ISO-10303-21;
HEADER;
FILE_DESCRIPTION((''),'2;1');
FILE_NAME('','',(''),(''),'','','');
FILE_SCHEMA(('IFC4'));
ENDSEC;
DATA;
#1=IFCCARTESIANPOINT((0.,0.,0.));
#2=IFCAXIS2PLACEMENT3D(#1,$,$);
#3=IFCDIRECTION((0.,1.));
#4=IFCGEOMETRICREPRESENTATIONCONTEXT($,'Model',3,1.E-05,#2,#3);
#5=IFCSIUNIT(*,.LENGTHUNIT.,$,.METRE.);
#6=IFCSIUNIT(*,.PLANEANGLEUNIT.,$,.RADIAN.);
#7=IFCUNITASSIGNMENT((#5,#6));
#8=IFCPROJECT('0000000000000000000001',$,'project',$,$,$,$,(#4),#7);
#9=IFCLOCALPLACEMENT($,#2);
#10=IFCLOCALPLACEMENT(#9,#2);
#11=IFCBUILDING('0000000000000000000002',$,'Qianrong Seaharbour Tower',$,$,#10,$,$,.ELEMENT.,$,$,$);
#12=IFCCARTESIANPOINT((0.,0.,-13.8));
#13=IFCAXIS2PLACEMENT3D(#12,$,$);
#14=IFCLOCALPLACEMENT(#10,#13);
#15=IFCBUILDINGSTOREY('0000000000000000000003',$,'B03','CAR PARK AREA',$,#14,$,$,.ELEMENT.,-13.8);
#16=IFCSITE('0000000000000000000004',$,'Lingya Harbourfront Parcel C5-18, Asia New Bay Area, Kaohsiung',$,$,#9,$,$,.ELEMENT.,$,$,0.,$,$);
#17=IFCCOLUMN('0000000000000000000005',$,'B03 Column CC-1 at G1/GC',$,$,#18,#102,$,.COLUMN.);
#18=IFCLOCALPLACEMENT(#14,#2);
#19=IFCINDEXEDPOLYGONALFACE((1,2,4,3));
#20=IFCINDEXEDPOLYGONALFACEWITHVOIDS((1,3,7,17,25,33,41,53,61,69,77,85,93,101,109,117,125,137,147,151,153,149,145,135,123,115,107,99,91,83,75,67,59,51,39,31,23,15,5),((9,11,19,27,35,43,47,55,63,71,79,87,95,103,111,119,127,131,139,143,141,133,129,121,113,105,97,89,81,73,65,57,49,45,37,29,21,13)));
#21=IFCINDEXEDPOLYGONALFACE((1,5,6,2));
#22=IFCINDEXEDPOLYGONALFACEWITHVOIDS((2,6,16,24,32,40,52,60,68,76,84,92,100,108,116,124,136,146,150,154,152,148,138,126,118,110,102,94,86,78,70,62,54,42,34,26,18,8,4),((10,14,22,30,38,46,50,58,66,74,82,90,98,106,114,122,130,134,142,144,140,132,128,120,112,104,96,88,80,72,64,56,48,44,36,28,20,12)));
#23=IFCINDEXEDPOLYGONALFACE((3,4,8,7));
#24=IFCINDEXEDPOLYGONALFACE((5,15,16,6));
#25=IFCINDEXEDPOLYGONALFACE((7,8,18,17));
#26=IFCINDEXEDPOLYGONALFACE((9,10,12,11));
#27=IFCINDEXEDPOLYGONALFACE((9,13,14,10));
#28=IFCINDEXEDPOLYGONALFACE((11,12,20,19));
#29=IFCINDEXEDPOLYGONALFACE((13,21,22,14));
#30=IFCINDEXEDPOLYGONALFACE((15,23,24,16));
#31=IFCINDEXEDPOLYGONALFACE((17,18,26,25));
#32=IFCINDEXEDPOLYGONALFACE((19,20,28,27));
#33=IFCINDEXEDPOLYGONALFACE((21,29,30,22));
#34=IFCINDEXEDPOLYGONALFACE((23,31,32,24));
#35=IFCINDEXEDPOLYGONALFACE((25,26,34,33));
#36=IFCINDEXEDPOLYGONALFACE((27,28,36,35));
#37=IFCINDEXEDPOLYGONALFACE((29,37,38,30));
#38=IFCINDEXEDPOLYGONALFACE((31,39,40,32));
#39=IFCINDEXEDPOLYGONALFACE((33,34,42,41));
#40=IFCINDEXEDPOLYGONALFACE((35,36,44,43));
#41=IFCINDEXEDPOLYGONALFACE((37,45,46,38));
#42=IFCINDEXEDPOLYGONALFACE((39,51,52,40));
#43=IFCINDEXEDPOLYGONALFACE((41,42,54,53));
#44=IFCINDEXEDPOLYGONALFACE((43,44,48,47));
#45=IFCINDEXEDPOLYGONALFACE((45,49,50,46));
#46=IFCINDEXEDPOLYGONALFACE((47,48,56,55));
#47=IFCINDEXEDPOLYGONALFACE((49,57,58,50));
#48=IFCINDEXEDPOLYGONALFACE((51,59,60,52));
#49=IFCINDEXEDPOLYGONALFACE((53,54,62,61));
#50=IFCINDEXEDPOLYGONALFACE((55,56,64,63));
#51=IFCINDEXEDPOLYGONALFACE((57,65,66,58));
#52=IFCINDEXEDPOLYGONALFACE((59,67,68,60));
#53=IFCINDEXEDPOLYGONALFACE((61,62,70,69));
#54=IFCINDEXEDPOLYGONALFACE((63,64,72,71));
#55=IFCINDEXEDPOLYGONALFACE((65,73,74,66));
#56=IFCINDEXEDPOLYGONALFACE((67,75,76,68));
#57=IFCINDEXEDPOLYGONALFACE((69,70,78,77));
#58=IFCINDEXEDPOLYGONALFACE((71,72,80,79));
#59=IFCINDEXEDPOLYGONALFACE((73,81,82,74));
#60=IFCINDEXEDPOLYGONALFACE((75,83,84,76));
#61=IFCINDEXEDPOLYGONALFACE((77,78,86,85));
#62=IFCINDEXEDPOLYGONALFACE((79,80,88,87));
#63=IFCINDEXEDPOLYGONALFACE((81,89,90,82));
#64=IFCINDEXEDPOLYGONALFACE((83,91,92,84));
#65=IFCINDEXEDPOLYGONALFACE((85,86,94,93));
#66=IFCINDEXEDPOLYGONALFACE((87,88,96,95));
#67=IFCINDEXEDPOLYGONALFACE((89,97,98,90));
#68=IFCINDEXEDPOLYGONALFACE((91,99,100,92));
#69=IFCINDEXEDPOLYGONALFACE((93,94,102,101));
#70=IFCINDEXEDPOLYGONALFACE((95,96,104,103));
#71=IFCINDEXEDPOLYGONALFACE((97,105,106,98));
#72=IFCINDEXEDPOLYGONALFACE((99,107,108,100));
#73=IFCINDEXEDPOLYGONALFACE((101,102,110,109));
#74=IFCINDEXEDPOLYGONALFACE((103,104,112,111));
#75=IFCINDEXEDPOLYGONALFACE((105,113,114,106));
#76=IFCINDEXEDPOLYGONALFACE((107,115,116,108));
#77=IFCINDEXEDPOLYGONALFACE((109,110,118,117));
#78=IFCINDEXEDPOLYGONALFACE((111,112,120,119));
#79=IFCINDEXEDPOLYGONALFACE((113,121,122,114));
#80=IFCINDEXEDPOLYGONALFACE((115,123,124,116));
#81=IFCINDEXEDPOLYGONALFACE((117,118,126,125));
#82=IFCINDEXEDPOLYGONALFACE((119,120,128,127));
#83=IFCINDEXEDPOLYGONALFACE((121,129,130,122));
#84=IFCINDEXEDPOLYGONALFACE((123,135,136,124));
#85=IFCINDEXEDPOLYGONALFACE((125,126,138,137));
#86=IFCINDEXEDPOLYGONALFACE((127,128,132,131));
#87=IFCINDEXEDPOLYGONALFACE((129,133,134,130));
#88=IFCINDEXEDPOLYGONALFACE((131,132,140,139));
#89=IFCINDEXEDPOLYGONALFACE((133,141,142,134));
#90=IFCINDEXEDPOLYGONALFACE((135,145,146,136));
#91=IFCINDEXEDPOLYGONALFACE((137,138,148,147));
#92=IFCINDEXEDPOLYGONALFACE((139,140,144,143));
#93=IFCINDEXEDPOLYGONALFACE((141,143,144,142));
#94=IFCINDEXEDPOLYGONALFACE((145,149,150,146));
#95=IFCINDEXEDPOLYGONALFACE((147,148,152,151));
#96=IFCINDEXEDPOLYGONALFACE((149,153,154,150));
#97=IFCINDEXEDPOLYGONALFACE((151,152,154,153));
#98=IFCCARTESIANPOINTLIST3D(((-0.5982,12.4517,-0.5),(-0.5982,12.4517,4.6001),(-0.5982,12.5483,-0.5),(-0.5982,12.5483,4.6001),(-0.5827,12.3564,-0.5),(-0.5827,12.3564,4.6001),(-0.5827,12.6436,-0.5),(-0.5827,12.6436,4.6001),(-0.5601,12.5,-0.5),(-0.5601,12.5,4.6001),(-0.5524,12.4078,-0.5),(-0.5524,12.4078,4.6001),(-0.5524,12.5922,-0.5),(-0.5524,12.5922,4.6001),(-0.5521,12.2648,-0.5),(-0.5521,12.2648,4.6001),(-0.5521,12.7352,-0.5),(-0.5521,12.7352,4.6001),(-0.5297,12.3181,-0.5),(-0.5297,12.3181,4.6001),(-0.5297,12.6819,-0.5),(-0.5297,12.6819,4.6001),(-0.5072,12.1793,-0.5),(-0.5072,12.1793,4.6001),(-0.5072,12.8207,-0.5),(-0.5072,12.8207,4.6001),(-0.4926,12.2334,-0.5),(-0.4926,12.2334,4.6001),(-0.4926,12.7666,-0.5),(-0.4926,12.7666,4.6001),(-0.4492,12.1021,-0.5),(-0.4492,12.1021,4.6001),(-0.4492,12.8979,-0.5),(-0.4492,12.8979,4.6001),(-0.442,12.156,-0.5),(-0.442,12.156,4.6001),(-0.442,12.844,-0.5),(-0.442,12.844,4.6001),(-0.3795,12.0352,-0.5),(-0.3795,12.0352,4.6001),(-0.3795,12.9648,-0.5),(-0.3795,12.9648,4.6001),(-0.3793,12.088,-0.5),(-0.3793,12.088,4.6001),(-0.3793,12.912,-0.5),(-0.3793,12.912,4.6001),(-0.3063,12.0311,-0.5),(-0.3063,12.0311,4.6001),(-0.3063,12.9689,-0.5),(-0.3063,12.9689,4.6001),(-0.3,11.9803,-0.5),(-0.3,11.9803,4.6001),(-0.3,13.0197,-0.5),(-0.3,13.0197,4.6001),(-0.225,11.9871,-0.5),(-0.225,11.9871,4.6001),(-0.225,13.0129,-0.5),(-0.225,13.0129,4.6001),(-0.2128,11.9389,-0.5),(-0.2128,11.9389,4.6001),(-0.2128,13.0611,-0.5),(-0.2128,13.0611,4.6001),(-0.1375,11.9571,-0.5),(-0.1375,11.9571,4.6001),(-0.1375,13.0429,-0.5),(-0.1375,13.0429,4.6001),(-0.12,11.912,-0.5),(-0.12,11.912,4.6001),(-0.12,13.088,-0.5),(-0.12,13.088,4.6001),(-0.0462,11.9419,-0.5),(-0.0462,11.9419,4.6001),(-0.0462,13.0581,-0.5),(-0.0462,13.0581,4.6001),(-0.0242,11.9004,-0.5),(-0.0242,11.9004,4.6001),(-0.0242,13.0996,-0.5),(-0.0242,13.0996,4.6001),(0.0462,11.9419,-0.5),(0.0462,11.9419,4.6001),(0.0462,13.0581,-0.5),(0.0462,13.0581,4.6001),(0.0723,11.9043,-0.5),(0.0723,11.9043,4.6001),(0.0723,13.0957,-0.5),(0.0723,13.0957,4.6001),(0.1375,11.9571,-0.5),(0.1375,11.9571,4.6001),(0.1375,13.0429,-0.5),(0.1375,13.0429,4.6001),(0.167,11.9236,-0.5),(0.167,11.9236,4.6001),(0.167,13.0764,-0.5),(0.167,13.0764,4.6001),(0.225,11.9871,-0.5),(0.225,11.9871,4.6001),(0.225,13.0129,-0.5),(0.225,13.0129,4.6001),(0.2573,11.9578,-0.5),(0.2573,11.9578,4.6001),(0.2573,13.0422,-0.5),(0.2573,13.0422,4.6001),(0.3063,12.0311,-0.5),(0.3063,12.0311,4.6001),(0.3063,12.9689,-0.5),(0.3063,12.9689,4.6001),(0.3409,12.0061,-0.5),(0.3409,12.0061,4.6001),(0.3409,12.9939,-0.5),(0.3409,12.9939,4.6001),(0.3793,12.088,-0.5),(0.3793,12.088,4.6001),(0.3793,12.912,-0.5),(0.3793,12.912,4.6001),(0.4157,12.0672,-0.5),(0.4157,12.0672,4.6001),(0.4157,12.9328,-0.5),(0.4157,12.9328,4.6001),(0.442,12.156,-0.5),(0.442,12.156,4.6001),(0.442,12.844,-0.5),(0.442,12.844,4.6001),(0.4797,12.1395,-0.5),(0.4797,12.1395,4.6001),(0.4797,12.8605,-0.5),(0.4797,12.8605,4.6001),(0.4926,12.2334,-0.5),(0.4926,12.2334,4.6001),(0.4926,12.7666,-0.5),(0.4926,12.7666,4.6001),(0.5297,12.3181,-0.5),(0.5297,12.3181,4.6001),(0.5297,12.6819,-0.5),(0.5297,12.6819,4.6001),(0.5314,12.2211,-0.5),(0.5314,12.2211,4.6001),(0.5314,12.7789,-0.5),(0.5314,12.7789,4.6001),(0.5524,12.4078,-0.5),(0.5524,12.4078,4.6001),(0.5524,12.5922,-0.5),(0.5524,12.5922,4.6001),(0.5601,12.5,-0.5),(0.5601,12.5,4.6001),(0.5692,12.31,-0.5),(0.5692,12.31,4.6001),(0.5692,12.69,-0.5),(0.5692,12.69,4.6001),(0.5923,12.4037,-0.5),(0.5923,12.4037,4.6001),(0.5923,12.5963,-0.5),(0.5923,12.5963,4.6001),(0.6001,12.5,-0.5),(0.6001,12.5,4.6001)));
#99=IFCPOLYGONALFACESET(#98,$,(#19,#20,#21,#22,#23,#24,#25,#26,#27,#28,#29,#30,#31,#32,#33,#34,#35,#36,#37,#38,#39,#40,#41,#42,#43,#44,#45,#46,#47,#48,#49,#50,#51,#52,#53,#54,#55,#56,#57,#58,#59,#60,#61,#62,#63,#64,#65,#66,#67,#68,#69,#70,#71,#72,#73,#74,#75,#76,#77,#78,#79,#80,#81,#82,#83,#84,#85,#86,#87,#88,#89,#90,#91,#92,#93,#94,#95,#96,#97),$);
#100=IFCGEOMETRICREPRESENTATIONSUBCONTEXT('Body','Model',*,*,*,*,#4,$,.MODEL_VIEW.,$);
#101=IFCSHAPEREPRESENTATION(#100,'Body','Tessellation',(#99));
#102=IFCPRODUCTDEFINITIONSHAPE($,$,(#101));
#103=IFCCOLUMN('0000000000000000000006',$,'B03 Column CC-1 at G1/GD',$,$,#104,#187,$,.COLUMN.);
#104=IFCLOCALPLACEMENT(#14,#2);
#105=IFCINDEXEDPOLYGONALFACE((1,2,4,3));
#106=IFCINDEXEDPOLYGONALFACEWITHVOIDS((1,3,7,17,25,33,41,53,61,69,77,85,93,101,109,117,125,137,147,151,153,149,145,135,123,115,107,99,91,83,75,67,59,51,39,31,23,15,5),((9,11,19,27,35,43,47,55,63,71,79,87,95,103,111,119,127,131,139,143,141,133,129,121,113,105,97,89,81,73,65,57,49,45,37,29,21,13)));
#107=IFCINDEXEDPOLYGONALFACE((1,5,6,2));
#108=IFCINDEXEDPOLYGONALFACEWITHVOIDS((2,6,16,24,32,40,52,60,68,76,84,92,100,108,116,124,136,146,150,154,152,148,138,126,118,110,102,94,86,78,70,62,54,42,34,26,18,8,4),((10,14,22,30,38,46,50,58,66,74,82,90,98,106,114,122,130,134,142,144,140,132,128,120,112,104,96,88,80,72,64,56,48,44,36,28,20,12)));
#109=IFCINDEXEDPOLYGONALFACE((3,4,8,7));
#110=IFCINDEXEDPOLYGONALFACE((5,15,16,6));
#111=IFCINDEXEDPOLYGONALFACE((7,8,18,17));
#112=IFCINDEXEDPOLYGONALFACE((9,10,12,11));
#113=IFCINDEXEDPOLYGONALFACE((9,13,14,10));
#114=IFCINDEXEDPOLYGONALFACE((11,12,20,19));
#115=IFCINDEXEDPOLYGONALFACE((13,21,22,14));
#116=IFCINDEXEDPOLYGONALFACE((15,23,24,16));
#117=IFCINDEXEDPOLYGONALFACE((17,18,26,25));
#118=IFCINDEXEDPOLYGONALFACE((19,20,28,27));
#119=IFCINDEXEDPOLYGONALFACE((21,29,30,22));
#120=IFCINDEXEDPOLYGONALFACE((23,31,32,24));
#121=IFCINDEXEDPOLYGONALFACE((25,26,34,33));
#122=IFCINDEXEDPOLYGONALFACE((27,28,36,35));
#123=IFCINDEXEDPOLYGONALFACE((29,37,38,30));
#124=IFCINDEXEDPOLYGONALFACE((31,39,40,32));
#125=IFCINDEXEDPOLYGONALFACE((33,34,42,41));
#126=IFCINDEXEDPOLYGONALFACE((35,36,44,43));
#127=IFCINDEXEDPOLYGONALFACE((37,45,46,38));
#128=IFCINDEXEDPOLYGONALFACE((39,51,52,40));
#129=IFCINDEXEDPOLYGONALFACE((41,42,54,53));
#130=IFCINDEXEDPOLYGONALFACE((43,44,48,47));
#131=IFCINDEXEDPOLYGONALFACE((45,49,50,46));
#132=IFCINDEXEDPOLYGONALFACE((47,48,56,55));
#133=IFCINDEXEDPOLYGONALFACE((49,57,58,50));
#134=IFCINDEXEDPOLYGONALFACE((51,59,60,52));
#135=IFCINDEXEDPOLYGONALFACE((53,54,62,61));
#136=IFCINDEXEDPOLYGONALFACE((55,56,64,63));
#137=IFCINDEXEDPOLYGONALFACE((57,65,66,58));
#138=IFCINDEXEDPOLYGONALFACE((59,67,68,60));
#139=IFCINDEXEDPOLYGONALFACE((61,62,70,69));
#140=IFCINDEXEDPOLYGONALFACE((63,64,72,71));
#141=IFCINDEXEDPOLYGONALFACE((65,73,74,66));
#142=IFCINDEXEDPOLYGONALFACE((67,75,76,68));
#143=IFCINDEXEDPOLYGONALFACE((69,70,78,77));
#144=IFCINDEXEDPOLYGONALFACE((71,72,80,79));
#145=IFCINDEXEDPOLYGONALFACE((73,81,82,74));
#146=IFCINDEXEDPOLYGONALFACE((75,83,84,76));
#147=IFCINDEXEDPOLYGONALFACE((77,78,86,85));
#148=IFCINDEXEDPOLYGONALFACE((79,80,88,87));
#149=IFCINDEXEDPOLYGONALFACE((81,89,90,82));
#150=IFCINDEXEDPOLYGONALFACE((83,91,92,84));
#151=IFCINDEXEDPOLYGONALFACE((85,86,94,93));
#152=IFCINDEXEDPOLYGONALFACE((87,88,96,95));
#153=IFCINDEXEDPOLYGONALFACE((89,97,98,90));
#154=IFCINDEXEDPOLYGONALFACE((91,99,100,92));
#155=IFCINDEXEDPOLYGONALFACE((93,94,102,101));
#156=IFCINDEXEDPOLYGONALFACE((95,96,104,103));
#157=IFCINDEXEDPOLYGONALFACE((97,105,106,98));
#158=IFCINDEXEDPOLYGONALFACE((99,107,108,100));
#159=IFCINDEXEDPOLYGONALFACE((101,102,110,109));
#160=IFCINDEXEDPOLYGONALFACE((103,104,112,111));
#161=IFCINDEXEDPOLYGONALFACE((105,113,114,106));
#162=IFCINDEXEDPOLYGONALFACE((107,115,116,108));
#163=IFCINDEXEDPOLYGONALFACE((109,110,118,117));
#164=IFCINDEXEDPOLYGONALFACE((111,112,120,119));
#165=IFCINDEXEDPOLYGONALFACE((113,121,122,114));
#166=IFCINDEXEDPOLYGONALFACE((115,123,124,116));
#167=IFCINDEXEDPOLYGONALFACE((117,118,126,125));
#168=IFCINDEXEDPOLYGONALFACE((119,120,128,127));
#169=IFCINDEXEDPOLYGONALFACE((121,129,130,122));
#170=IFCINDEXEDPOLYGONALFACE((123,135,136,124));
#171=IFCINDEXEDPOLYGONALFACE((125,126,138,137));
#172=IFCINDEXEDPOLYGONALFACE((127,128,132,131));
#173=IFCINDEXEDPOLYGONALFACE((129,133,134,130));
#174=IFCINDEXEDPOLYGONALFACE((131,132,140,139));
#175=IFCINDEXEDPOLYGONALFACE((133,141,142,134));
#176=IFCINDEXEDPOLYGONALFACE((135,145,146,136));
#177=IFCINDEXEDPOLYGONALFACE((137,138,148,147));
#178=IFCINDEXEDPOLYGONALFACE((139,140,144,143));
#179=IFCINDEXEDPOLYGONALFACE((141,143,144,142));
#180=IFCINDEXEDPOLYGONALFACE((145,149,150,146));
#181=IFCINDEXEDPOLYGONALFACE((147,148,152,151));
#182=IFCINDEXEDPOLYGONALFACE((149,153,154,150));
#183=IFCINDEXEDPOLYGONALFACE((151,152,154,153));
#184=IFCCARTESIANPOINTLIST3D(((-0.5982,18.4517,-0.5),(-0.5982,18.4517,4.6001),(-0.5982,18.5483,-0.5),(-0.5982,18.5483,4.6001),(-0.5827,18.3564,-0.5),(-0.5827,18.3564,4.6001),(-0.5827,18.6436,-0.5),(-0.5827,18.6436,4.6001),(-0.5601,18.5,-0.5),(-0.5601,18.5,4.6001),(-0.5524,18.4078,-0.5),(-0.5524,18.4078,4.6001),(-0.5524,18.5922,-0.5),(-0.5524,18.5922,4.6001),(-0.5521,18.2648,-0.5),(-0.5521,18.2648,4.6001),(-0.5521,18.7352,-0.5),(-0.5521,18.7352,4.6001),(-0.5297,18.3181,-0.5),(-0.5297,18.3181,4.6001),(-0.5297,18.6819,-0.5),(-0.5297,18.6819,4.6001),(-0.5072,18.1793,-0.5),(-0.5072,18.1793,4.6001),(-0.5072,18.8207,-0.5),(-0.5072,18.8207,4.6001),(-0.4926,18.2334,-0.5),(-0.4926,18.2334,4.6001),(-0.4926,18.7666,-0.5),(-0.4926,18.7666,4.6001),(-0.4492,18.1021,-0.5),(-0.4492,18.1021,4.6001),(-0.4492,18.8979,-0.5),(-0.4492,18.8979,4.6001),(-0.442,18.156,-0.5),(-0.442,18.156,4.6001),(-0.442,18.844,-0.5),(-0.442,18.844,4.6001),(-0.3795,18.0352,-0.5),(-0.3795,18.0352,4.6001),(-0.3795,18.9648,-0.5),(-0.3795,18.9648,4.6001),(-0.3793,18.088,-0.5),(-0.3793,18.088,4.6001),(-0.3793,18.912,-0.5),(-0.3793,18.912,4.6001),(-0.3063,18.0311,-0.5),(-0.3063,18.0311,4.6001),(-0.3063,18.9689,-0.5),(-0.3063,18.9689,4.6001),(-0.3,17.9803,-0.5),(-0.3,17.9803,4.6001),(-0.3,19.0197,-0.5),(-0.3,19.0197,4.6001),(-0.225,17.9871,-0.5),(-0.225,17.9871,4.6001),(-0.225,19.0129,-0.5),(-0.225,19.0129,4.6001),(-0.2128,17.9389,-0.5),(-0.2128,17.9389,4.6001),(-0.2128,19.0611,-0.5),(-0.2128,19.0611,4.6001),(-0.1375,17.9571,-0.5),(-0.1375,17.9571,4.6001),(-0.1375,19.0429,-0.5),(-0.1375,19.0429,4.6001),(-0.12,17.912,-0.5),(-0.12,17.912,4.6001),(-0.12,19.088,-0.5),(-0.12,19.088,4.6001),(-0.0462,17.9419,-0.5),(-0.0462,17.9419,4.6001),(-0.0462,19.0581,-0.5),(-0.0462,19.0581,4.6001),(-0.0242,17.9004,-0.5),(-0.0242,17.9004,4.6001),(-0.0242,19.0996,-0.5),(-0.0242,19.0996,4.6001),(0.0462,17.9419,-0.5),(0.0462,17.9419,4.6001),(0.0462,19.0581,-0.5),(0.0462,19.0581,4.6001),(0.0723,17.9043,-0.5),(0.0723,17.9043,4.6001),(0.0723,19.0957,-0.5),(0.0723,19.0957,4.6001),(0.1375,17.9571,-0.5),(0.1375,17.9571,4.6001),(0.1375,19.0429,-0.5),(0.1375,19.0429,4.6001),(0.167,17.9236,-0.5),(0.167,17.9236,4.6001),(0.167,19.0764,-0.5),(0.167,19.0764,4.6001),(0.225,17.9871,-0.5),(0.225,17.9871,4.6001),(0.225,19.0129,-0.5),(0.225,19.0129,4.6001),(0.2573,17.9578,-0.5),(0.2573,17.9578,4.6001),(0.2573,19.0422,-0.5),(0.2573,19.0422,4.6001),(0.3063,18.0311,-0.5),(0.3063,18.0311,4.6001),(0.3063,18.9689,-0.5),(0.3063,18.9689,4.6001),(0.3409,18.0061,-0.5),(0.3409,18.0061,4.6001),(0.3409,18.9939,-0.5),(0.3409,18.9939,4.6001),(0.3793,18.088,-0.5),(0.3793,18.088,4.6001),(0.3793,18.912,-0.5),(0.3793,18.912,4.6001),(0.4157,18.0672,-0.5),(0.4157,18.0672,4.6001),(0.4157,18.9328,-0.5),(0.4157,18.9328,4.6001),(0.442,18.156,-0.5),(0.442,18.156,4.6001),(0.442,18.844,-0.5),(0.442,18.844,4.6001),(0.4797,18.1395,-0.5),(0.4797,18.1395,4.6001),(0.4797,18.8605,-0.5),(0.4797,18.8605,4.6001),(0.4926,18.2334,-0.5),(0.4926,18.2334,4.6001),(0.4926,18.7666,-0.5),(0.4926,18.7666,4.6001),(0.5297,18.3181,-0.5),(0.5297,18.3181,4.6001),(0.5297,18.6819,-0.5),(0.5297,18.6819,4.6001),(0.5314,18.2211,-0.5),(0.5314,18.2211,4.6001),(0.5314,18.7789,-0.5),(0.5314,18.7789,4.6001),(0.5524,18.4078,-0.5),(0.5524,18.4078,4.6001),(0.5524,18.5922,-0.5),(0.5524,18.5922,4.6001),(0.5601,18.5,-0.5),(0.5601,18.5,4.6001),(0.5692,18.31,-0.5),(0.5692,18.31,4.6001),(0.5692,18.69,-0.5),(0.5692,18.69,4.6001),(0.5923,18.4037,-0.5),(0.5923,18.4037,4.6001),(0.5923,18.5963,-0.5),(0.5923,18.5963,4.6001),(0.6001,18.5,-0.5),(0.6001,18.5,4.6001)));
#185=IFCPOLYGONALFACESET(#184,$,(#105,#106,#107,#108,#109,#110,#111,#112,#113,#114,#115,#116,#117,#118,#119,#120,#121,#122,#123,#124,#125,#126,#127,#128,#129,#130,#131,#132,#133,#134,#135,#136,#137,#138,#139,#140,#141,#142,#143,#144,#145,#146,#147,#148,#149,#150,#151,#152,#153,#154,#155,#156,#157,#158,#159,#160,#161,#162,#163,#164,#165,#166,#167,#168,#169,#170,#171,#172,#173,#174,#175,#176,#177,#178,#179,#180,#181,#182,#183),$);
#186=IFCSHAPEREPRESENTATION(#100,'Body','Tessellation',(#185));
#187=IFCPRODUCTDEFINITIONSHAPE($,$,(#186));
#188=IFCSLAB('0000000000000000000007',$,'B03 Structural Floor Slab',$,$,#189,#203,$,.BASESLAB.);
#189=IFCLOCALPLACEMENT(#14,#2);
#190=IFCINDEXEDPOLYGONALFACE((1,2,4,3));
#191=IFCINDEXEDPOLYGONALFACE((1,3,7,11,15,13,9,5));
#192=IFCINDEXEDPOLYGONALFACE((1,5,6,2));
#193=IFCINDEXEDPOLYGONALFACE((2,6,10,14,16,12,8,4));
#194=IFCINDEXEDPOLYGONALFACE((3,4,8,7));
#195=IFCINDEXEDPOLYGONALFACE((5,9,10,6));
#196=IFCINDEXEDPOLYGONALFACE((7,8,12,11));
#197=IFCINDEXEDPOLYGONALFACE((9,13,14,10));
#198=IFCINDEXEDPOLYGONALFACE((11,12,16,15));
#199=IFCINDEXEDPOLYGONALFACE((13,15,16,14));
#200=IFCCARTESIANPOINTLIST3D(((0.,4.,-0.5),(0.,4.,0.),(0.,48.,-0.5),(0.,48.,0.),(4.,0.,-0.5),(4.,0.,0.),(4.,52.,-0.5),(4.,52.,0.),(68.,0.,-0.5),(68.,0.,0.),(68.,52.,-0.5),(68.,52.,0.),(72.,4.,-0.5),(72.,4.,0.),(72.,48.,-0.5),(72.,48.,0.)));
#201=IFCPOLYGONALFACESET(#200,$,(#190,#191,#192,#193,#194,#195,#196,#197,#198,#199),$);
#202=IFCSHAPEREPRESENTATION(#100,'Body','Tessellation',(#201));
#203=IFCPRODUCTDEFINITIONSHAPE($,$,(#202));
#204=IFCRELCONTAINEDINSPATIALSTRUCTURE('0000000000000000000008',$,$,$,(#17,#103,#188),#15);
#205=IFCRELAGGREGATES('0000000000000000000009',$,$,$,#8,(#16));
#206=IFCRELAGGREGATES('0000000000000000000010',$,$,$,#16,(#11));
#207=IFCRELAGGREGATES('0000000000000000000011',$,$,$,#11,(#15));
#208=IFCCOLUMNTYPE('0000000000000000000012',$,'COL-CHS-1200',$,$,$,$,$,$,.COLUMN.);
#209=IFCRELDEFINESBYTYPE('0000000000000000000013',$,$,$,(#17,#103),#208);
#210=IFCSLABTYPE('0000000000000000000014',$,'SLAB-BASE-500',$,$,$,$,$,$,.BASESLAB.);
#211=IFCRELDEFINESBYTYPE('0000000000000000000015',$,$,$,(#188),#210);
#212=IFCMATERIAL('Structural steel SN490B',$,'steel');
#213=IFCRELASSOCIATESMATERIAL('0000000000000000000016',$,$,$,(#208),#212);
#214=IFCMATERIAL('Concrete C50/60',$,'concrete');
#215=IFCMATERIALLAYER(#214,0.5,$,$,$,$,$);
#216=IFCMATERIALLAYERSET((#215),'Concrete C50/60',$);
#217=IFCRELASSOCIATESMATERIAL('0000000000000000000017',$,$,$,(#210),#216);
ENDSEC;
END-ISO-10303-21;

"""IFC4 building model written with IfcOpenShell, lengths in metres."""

from ifc_helpers import new_model, si_unit, direction, frame, origin, origin_2d, place, context, subcontext, project, spatial, polyline, hollow_circle, outline, extrude, material, layer, layer_set, material_profile, profile_set, type_object, element, save


model = new_model("IFC4")

# Units and contexts
model_context = context("Model", 3, precision=1e-05, world=origin(), true_north=direction((0.0, 1.0)))
body_context = subcontext(model_context, "Body", "Model", "MODEL_VIEW")
ifc_project = project(units=[si_unit("LENGTHUNIT", "METRE"), si_unit("PLANEANGLEUNIT", "RADIAN")], contexts=[model_context])

# Site, building, storey
site_placement = place(None, origin())
site = spatial("IfcSite", under=ifc_project, at=site_placement, Name="Lingya Harbourfront Parcel C5-18, Asia New Bay Area, Kaohsiung", CompositionType="ELEMENT", RefElevation=0.0)
building_placement = place(site_placement, origin())
building = spatial("IfcBuilding", under=site, at=building_placement, Name="Qianrong Seaharbour Tower", CompositionType="ELEMENT")
storey_placement = place(building_placement, frame((0.0, 0.0, -13.8)))
storey = spatial("IfcBuildingStorey", under=building, at=storey_placement, Name="B03", Description="CAR PARK AREA", CompositionType="ELEMENT", Elevation=-13.8)

# Shared definitions
ifc_material_1 = material(Name="Concrete C50/60", Category="concrete")

# Columns
ifc_material_2 = material(Name="Structural steel SN490B", Category="steel")
ifc_material_profile_1 = material_profile(ifc_material_2, hollow_circle(Radius=0.6001, WallThickness=0.04, at=origin_2d()), Name="CHS1200x40")
ifc_profile_set_1 = profile_set([ifc_material_profile_1], Name="Structural steel SN490B")
column_type = type_object("IfcColumnType", Name="COL-CHS-1200", PredefinedType="COLUMN", material=ifc_profile_set_1)
for number, where, z_axis, x_axis, name in (
    (1, (0.0, 12.5, -0.5), (0.0, 0.0, 1.0), (1.0, 0.0, 0.0), "B03 Column CC-1 at G1/GC"),
    (2, (0.0, 18.5, -0.5), (0.0, 0.0, 1.0), (1.0, 0.0, 0.0), "B03 Column CC-1 at G1/GD"),
):
    element("IfcColumn", number, at=place(storey_placement, frame(where, z_axis=z_axis, x_axis=x_axis)), inside=storey, type_object=column_type, Name=name, PredefinedType="COLUMN", context=body_context, shape_type="SweptSolid", body=[
        extrude(hollow_circle(Radius=0.6001, WallThickness=0.04, at=origin_2d()), origin(), (0.0, 0.0, 1.0), 5.1001),
    ])

# Slab
ifc_layer_1 = layer(ifc_material_1, 0.5)
ifc_layer_set_1 = layer_set([ifc_layer_1], Name="Concrete C50/60")
slab_type_1 = type_object("IfcSlabType", Name="SLAB-BASE-500", PredefinedType="BASESLAB", material=ifc_layer_set_1)
slab_1_placement = place(storey_placement, frame((0.0, 0.0, -0.5)))
element("IfcSlab", 3, at=slab_1_placement, inside=storey, type_object=slab_type_1, Name="B03 Structural Floor Slab", PredefinedType="BASESLAB", context=body_context, shape_type="SweptSolid", body=[
    extrude(outline(polyline([(4.0, 0.0), (68.0, 0.0), (72.0, 4.0), (72.0, 48.0), (68.0, 52.0), (4.0, 52.0), (0.0, 48.0), (0.0, 4.0), (4.0, 0.0)])), origin(), (0.0, 0.0, 1.0), 0.5),
])

save(model, "model.ifc")
